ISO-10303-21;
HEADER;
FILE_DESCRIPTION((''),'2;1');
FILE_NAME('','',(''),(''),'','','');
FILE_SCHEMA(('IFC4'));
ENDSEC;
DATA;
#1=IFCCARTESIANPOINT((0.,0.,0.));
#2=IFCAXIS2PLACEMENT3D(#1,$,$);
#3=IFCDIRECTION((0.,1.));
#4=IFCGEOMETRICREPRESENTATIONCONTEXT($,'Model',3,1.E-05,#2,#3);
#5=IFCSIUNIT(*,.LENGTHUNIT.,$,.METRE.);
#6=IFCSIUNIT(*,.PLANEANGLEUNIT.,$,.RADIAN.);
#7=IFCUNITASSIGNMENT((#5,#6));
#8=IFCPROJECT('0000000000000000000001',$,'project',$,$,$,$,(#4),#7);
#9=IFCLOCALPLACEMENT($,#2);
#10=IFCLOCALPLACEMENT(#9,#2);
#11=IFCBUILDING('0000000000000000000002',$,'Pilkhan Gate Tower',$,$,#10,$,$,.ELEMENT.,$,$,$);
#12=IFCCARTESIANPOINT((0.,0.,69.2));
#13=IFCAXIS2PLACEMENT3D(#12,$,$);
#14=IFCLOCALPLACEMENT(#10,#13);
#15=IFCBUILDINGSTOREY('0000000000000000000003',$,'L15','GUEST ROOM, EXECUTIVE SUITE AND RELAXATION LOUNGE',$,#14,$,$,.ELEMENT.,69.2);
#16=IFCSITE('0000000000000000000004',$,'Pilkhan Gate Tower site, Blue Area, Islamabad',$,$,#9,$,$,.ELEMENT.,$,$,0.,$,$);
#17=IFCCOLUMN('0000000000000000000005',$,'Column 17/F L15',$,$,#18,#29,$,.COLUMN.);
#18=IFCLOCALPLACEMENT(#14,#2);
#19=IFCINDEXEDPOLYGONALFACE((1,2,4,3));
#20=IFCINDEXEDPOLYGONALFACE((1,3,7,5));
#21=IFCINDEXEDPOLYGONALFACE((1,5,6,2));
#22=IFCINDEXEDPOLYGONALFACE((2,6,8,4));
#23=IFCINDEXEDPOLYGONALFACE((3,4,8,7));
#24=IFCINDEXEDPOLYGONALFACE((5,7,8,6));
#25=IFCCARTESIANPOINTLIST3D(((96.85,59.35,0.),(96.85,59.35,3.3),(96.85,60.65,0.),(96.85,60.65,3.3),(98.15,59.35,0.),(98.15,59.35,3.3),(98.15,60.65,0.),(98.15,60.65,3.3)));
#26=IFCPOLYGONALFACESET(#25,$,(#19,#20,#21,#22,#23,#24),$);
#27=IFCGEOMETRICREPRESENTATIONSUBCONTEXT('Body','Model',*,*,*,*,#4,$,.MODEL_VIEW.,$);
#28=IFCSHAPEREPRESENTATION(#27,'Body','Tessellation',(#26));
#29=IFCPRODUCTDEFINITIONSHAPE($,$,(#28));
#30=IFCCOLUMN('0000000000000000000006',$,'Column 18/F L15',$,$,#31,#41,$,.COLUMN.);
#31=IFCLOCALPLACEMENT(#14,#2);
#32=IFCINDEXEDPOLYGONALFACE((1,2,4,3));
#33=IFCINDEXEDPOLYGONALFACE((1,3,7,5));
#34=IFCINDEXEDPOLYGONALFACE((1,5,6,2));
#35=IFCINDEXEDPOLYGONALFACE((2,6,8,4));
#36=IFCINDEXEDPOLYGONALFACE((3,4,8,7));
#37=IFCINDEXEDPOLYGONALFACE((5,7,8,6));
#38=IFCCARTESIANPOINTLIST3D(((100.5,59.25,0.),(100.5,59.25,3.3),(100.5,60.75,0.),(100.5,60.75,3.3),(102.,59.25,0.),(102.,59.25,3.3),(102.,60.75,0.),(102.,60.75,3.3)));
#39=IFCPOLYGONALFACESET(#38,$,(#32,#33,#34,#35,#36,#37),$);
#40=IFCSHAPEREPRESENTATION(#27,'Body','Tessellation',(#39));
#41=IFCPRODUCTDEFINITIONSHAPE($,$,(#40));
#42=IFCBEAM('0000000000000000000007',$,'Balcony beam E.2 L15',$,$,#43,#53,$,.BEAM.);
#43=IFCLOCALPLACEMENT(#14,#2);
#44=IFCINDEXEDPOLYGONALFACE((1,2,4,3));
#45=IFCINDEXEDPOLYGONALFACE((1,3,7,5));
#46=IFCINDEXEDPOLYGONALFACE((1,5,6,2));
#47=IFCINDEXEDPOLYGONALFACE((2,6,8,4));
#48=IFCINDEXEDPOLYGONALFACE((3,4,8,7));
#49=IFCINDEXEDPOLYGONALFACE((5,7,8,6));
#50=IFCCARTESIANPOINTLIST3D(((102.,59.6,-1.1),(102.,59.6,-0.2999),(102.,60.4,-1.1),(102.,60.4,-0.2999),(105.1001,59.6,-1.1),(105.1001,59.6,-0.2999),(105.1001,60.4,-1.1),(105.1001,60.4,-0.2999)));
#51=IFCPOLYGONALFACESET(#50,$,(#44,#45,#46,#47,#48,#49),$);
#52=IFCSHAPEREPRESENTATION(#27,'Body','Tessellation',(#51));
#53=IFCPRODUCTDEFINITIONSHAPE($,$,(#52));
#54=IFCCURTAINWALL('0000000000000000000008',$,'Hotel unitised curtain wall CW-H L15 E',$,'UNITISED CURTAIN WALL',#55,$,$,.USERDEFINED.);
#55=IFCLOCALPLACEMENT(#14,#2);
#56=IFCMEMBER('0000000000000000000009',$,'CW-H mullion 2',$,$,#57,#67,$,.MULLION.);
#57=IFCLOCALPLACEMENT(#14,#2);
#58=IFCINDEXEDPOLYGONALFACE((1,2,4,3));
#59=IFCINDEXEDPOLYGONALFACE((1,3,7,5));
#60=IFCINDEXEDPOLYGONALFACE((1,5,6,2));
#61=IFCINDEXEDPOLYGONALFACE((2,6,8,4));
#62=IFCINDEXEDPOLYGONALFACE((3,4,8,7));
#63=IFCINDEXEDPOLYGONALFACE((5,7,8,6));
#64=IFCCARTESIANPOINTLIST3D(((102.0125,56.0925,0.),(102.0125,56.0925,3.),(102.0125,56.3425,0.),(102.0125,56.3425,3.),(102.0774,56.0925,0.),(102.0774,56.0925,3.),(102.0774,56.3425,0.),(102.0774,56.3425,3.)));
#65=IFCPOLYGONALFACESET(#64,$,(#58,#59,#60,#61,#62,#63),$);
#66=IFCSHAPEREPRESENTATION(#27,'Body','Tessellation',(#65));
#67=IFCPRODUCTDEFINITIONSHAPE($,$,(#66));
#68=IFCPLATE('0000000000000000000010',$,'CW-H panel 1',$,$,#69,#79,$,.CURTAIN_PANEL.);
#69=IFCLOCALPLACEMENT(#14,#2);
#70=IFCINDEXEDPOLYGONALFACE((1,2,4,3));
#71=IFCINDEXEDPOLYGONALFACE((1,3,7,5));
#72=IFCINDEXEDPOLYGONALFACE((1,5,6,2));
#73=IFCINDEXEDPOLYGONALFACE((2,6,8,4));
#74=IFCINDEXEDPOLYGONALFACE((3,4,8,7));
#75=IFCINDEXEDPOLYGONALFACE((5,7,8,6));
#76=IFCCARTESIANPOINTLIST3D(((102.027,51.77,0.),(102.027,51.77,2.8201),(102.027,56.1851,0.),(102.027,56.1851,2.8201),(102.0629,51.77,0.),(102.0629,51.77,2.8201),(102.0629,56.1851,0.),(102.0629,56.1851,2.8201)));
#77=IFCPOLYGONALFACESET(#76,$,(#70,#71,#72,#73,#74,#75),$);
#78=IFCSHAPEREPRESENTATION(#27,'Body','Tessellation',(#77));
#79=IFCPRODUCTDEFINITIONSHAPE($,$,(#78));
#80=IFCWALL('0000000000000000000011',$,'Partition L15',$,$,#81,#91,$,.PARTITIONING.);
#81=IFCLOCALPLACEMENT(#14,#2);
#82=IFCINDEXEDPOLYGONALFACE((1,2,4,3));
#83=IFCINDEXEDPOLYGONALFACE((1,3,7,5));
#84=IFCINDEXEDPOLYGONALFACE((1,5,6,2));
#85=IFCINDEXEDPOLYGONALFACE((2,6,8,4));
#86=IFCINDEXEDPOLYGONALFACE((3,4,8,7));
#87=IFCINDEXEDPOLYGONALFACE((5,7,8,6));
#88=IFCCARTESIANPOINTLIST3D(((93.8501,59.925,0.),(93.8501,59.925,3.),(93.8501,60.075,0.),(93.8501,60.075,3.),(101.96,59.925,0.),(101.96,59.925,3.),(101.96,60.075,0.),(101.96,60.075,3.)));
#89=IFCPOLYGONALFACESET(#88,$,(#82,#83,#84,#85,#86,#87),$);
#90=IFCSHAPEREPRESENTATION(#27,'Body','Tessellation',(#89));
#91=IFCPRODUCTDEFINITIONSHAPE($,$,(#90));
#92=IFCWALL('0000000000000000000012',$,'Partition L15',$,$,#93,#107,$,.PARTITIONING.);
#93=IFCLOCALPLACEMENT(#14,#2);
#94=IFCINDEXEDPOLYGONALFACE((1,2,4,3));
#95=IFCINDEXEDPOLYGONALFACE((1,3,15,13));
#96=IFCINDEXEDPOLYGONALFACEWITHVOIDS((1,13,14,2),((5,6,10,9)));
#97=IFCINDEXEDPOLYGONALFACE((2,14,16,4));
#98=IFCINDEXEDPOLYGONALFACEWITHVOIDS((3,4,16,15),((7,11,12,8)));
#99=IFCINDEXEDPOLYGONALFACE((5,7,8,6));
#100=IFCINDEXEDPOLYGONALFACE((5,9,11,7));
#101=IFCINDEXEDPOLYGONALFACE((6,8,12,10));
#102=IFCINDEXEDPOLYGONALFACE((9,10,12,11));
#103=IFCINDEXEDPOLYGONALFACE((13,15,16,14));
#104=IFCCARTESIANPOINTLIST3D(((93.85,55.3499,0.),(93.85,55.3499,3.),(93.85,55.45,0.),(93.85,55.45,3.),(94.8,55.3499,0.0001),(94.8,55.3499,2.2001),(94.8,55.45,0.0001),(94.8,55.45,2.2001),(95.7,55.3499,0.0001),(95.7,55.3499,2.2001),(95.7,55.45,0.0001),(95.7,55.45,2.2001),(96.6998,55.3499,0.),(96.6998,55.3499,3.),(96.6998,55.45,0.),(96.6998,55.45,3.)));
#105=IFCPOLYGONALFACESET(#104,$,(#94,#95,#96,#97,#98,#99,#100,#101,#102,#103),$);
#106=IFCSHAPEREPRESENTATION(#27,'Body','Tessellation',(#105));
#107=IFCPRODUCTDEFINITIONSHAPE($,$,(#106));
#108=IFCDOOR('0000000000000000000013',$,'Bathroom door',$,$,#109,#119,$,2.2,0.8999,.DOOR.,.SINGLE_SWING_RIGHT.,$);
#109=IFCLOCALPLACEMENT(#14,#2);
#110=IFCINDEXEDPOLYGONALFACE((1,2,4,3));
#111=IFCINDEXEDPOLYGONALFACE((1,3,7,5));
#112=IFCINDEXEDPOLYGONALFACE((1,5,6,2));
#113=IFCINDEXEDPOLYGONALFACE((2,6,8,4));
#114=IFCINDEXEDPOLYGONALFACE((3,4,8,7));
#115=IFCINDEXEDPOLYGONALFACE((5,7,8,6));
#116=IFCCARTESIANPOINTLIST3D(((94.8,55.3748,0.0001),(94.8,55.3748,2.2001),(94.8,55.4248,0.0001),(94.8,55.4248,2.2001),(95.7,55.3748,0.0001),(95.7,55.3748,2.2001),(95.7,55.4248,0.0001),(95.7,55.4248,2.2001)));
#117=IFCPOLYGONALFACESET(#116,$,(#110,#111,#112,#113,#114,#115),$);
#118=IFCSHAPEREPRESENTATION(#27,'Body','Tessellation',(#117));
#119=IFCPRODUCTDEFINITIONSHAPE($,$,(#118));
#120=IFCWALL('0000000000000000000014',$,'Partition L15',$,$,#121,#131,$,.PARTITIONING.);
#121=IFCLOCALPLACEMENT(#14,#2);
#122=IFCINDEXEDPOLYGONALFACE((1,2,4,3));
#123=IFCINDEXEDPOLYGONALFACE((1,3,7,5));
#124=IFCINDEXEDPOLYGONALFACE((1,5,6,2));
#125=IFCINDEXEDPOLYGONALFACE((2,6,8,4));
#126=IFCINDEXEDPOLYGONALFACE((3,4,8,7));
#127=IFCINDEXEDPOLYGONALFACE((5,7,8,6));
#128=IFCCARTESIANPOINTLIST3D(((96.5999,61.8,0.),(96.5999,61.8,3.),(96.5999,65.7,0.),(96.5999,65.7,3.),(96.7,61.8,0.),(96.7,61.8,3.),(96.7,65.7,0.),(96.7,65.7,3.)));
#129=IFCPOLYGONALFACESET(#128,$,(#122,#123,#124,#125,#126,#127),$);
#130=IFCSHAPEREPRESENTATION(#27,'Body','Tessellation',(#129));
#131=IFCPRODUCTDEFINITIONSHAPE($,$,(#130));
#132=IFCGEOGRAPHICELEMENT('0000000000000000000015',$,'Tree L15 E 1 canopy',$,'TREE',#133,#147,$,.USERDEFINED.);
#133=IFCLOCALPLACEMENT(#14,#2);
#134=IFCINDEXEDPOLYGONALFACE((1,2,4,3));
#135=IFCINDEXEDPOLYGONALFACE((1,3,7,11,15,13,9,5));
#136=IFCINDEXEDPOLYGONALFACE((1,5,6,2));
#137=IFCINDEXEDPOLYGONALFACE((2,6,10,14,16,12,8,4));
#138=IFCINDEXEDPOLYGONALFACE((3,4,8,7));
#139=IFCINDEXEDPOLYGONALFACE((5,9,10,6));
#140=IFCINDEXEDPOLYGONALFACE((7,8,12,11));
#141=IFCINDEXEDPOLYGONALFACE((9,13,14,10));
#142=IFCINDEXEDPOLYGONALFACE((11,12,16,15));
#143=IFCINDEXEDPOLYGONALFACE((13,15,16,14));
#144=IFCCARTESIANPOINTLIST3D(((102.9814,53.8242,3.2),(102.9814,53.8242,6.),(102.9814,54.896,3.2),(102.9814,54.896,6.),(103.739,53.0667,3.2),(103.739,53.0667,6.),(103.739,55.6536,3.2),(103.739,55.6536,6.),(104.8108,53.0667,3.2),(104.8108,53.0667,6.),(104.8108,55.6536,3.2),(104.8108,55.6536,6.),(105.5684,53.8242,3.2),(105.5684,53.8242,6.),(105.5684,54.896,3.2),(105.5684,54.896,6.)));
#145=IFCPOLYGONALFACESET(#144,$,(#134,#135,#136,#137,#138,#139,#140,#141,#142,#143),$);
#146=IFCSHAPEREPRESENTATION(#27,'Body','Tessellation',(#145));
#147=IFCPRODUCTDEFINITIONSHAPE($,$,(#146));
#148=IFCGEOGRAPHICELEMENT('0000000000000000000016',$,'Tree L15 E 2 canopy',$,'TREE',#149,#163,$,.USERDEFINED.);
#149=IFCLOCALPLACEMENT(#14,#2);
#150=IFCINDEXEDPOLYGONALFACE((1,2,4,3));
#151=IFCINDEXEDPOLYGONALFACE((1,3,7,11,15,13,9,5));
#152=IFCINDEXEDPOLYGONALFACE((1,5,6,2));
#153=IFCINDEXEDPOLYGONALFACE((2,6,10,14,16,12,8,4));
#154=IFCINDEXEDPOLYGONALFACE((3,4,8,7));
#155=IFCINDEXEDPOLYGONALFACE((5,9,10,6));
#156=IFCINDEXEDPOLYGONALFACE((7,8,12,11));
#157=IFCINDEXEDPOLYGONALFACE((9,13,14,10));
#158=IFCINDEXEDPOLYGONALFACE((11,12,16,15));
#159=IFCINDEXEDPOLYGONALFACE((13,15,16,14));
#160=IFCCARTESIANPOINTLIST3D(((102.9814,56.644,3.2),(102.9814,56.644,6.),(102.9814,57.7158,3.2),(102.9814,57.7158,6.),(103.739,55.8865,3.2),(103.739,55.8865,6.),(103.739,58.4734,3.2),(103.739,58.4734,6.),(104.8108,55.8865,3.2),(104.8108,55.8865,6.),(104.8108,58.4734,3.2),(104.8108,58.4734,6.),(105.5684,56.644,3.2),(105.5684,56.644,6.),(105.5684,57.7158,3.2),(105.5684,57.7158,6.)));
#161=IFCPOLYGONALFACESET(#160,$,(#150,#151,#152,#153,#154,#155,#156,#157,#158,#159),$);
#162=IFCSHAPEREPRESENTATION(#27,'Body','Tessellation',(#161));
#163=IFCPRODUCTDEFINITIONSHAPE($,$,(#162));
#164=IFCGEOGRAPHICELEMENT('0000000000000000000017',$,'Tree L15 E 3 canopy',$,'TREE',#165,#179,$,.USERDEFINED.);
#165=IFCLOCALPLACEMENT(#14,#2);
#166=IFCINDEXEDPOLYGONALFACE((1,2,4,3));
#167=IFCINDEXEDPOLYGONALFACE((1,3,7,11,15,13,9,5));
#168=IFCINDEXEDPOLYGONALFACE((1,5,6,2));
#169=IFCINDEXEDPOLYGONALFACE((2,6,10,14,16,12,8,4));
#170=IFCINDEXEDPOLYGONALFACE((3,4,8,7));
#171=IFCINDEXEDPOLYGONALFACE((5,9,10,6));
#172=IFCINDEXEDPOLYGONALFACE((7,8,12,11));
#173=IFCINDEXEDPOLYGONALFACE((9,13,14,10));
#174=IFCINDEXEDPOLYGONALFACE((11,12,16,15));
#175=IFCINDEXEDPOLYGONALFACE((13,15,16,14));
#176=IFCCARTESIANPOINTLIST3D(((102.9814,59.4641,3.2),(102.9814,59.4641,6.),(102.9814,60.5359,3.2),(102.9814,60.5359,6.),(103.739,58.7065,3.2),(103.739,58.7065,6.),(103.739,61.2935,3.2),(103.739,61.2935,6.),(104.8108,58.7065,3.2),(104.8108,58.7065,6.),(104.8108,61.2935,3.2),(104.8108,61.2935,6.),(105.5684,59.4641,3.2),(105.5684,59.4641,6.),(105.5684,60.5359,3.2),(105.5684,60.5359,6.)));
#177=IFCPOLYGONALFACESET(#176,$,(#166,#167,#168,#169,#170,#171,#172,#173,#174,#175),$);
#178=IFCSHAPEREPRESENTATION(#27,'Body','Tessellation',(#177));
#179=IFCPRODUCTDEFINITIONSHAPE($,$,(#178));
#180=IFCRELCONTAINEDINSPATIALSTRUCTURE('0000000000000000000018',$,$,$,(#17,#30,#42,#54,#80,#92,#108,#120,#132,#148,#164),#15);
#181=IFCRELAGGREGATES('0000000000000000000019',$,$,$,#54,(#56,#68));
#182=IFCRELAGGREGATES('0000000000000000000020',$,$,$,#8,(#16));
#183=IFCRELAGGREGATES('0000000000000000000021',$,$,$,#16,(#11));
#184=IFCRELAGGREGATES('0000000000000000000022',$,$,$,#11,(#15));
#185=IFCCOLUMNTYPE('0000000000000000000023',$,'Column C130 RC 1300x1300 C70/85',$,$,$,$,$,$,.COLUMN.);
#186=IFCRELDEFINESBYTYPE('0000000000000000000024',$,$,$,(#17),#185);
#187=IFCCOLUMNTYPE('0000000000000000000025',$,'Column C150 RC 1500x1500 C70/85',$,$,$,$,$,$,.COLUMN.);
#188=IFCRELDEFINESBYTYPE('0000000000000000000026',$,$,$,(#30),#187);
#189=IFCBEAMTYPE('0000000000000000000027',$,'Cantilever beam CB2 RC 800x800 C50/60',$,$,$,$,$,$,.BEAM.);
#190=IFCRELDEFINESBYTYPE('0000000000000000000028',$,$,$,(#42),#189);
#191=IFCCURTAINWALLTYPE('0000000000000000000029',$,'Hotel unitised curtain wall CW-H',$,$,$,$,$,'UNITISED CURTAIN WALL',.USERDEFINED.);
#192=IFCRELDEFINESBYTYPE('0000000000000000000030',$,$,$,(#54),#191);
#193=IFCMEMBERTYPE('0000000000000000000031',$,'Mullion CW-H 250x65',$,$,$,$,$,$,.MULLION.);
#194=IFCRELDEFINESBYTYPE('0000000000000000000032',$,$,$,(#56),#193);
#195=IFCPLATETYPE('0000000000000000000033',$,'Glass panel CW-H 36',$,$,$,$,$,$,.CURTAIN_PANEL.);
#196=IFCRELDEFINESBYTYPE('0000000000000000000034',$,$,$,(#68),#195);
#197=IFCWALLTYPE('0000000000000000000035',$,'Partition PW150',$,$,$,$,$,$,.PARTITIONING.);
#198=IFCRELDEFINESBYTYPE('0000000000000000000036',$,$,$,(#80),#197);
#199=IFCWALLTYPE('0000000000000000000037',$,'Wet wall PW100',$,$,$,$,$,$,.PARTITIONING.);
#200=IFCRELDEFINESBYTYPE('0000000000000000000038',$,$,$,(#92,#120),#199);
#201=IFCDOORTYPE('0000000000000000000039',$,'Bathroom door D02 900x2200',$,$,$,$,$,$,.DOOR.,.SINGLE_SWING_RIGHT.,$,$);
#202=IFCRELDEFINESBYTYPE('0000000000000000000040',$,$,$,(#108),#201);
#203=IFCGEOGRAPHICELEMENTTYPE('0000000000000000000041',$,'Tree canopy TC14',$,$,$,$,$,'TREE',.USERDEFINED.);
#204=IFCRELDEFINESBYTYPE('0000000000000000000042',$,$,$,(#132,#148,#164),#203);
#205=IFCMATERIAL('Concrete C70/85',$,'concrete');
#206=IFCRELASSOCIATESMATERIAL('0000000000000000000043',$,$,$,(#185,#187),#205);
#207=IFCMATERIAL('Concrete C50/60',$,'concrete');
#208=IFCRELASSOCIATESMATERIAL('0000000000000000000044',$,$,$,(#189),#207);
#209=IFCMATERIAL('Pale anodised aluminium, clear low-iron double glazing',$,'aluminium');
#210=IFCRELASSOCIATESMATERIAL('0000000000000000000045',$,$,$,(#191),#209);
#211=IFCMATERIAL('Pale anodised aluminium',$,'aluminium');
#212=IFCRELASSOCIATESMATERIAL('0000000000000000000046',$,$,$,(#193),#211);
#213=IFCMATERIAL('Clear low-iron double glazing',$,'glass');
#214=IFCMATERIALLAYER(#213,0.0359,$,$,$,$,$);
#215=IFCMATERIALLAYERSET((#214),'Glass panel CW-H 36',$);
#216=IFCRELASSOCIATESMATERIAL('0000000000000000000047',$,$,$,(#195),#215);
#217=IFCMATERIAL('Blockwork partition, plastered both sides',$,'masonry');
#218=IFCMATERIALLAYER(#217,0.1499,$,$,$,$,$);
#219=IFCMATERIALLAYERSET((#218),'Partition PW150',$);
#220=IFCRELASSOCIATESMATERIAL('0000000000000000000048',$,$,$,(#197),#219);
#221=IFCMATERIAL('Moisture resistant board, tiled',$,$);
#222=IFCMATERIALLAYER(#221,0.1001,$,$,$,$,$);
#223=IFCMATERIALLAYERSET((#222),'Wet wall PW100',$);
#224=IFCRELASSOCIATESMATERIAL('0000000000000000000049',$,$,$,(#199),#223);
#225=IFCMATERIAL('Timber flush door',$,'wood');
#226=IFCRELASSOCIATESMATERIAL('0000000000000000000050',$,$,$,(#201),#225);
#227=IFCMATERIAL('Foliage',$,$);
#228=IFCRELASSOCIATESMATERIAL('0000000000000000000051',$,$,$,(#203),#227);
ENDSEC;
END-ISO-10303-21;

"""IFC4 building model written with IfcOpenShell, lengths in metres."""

from ifc_helpers import new_model, si_unit, direction, frame, frame_2d, origin, origin_2d, place, context, subcontext, project, spatial, polyline, rectangle, outline, extrude, material, layer, layer_set, material_profile, profile_set, type_object, element, fill, aggregate, save


model = new_model("IFC4")

# Units and contexts
model_context = context("Model", 3, precision=1e-05, world=origin(), true_north=direction((0.0, 1.0)))
body_context = subcontext(model_context, "Body", "Model", "MODEL_VIEW")
ifc_project = project(units=[si_unit("LENGTHUNIT", "METRE"), si_unit("PLANEANGLEUNIT", "RADIAN")], contexts=[model_context])

# Site, building, storey
site_placement = place(None, origin())
site = spatial("IfcSite", under=ifc_project, at=site_placement, Name="Pilkhan Gate Tower site, Blue Area, Islamabad", CompositionType="ELEMENT", RefElevation=0.0)
building_placement = place(site_placement, origin())
building = spatial("IfcBuilding", under=site, at=building_placement, Name="Pilkhan Gate Tower", CompositionType="ELEMENT")
storey_placement = place(building_placement, frame((0.0, 0.0, 69.2)))
storey = spatial("IfcBuildingStorey", under=building, at=storey_placement, Name="L15", Description="GUEST ROOM, EXECUTIVE SUITE AND RELAXATION LOUNGE", CompositionType="ELEMENT", Elevation=69.2)

# Columns
ifc_material_1 = material(Name="Concrete C70/85", Category="concrete")
ifc_material_profile_1 = material_profile(ifc_material_1, rectangle(XDim=1.3, YDim=1.3, at=origin_2d()), Name="RC 1300x1300")
ifc_profile_set_1 = profile_set([ifc_material_profile_1], Name="Concrete C70/85")
column_type_1 = type_object("IfcColumnType", Name="Column C130 RC 1300x1300 C70/85", PredefinedType="COLUMN", material=ifc_profile_set_1)
column_1_placement = place(storey_placement, frame((97.5, 60.0, 0.0), z_axis=(0.0, 0.0, 1.0), x_axis=(1.0, 0.0, 0.0)))
element("IfcColumn", 1, at=column_1_placement, inside=storey, type_object=column_type_1, Name="Column 17/F L15", PredefinedType="COLUMN", context=body_context, shape_type="SweptSolid", body=[
    extrude(rectangle(XDim=1.3, YDim=1.3, at=origin_2d()), origin(), (0.0, 0.0, 1.0), 3.3),
])
ifc_material_profile_2 = material_profile(ifc_material_1, rectangle(XDim=1.5, YDim=1.5, at=origin_2d()), Name="RC 1500x1500")
ifc_profile_set_2 = profile_set([ifc_material_profile_2], Name="Concrete C70/85")
column_type_2 = type_object("IfcColumnType", Name="Column C150 RC 1500x1500 C70/85", PredefinedType="COLUMN", material=ifc_profile_set_2)
column_2_placement = place(storey_placement, frame((101.25, 60.0, 0.0), z_axis=(0.0, 0.0, 1.0), x_axis=(1.0, 0.0, 0.0)))
element("IfcColumn", 2, at=column_2_placement, inside=storey, type_object=column_type_2, Name="Column 18/F L15", PredefinedType="COLUMN", context=body_context, shape_type="SweptSolid", body=[
    extrude(rectangle(XDim=1.5, YDim=1.5, at=origin_2d()), origin(), (0.0, 0.0, 1.0), 3.3),
])

# Beam
ifc_material_2 = material(Name="Concrete C50/60", Category="concrete")
ifc_material_profile_3 = material_profile(ifc_material_2, rectangle(XDim=0.8, YDim=0.8, at=origin_2d()), Name="RC 800x800")
ifc_profile_set_3 = profile_set([ifc_material_profile_3], Name="Concrete C50/60")
beam_type = type_object("IfcBeamType", Name="Cantilever beam CB2 RC 800x800 C50/60", PredefinedType="BEAM", material=ifc_profile_set_3)
beam_placement = place(storey_placement, frame((102.0, 60.0, -0.7), z_axis=(1.0, 0.0, 0.0), x_axis=(0.0, 1.0, 0.0)))
element("IfcBeam", 3, at=beam_placement, inside=storey, type_object=beam_type, Name="Balcony beam E.2 L15", PredefinedType="BEAM", context=body_context, shape_type="SweptSolid", body=[
    extrude(rectangle(XDim=0.8, YDim=0.8, at=origin_2d()), origin(), (0.0, 0.0, 1.0), 3.1001),
])

# Curtain wall, member, plate
ifc_material_3 = material(Name="Pale anodised aluminium, clear low-iron double glazing", Category="aluminium")
curtain_wall_type = type_object("IfcCurtainWallType", Name="Hotel unitised curtain wall CW-H", ElementType="UNITISED CURTAIN WALL", PredefinedType="USERDEFINED", material=ifc_material_3)
curtain_wall_placement = place(storey_placement, origin())
curtain_wall = element("IfcCurtainWall", 4, at=curtain_wall_placement, inside=storey, type_object=curtain_wall_type, Name="Hotel unitised curtain wall CW-H L15 E", ObjectType="UNITISED CURTAIN WALL", PredefinedType="USERDEFINED")
ifc_material_4 = material(Name="Pale anodised aluminium", Category="aluminium")
ifc_material_profile_4 = material_profile(ifc_material_4, rectangle(XDim=0.0649, YDim=0.25, at=origin_2d()), Name="Mullion 250x65")
ifc_profile_set_4 = profile_set([ifc_material_profile_4], Name="Pale anodised aluminium")
member_type = type_object("IfcMemberType", Name="Mullion CW-H 250x65", PredefinedType="MULLION", material=ifc_profile_set_4)
member_placement = place(storey_placement, frame((102.0449, 56.2175, 0.0), z_axis=(0.0, 0.0, 1.0), x_axis=(-1.0, 0.0, 0.0)))
member = element("IfcMember", 5, at=member_placement, type_object=member_type, Name="CW-H mullion 2", PredefinedType="MULLION", context=body_context, shape_type="SweptSolid", body=[
    extrude(rectangle(XDim=0.0649, YDim=0.25, at=origin_2d()), origin(), (0.0, 0.0, 1.0), 3.0),
])
ifc_material_5 = material(Name="Clear low-iron double glazing", Category="glass")
ifc_layer_1 = layer(ifc_material_5, 0.0359)
ifc_layer_set_1 = layer_set([ifc_layer_1], Name="Glass panel CW-H 36")
plate_type = type_object("IfcPlateType", Name="Glass panel CW-H 36", PredefinedType="CURTAIN_PANEL", material=ifc_layer_set_1)
plate_placement = place(storey_placement, frame((102.0449, 53.9775, 0.0), z_axis=(0.0, 0.0, 1.0), x_axis=(0.0, 1.0, 0.0)))
plate = element("IfcPlate", 6, at=plate_placement, type_object=plate_type, Name="CW-H panel 1", PredefinedType="CURTAIN_PANEL", context=body_context, shape_type="SweptSolid", body=[
    extrude(rectangle(XDim=4.415, YDim=0.0359, at=origin_2d()), origin(), (0.0, 0.0, 1.0), 2.8201),
])
aggregate(curtain_wall, [member, plate])

# Wall
ifc_material_6 = material(Name="Blockwork partition, plastered both sides", Category="masonry")
ifc_layer_2 = layer(ifc_material_6, 0.1499)
ifc_layer_set_2 = layer_set([ifc_layer_2], Name="Partition PW150")
wall_type_1 = type_object("IfcWallType", Name="Partition PW150", PredefinedType="PARTITIONING", material=ifc_layer_set_2)
wall_1_placement = place(storey_placement, frame((93.8501, 60.0, 0.0), z_axis=(0.0, 0.0, 1.0), x_axis=(1.0, 0.0, 0.0)))
element("IfcWall", 7, at=wall_1_placement, inside=storey, type_object=wall_type_1, Name="Partition L15", PredefinedType="PARTITIONING", context=body_context, shape_type="SweptSolid", body=[
    extrude(rectangle(XDim=8.1099, YDim=0.1499, at=frame_2d((4.0549, 0.0))), origin(), (0.0, 0.0, 1.0), 3.0),
])

# Wall, opening, door
ifc_material_7 = material(Name="Moisture resistant board, tiled")
ifc_layer_3 = layer(ifc_material_7, 0.1001)
ifc_layer_set_3 = layer_set([ifc_layer_3], Name="Wet wall PW100")
wall_type_2 = type_object("IfcWallType", Name="Wet wall PW100", PredefinedType="PARTITIONING", material=ifc_layer_set_3)
wall_2_placement = place(storey_placement, frame((93.8501, 55.3999, 0.0), z_axis=(0.0, 0.0, 1.0), x_axis=(1.0, 0.0, 0.0)))
wall_2 = element("IfcWall", 8, at=wall_2_placement, inside=storey, type_object=wall_type_2, Name="Partition L15", PredefinedType="PARTITIONING", context=body_context, shape_type="SweptSolid", body=[
    extrude(rectangle(XDim=2.8499, YDim=0.1001, at=frame_2d((1.4248, 0.0))), origin(), (0.0, 0.0, 1.0), 3.0),
])
opening_1_placement = place(wall_2_placement, frame((0.95, 0.0, 0.0)))
opening_1 = element("IfcOpeningElement", 9, at=opening_1_placement, cuts=wall_2, PredefinedType="OPENING", context=body_context, shape_type="SweptSolid", body=[
    extrude(rectangle(XDim=0.8999, YDim=2.2, at=frame_2d((0.45, 1.1001))), frame((0.0, 0.0601, 0.0), z_axis=(0.0, -1.0, 0.0), x_axis=(1.0, 0.0, 0.0)), (0.0, 0.0, 1.0), 0.1201),
])
ifc_material_8 = material(Name="Timber flush door", Category="wood")
door_type_1 = type_object("IfcDoorType", Name="Bathroom door D02 900x2200", OperationType="SINGLE_SWING_RIGHT", PredefinedType="DOOR", material=ifc_material_8)
door_1_placement = place(opening_1_placement, origin())
door_1 = element("IfcDoor", 10, at=door_1_placement, inside=storey, type_object=door_type_1, Name="Bathroom door", OperationType="SINGLE_SWING_RIGHT", OverallHeight=2.2, OverallWidth=0.8999, PredefinedType="DOOR", context=body_context, shape_type="SweptSolid", body=[
    extrude(rectangle(XDim=0.8999, YDim=2.2, at=frame_2d((0.45, 1.1001))), frame((0.0, 0.0249, 0.0), z_axis=(0.0, -1.0, 0.0), x_axis=(1.0, 0.0, 0.0)), (0.0, 0.0, 1.0), 0.05),
])
fill(opening_1, door_1)

# Wall
wall_3_placement = place(storey_placement, frame((96.6499, 61.8, 0.0), z_axis=(0.0, 0.0, 1.0), x_axis=(0.0, 1.0, 0.0)))
element("IfcWall", 11, at=wall_3_placement, inside=storey, type_object=wall_type_2, Name="Partition L15", PredefinedType="PARTITIONING", context=body_context, shape_type="SweptSolid", body=[
    extrude(rectangle(XDim=3.8999, YDim=0.1001, at=frame_2d((1.95, 0.0))), origin(), (0.0, 0.0, 1.0), 3.0),
])

# Geographic elements
ifc_material_9 = material(Name="Foliage")
ifc_material_profile_5 = material_profile(ifc_material_9, outline(polyline([(1.2935, 0.5359), (0.5359, 1.2935), (-0.5359, 1.2935), (-1.2935, 0.5359), (-1.2935, -0.5359), (-0.5359, -1.2935), (0.5359, -1.2935), (1.2935, -0.5359), (1.2935, 0.5359)])), Name="Canopy D2.8")
ifc_profile_set_5 = profile_set([ifc_material_profile_5], Name="Foliage")
geographic_element_type_1 = type_object("IfcGeographicElementType", Name="Tree canopy TC14", ElementType="TREE", PredefinedType="USERDEFINED", material=ifc_profile_set_5)
for number, where, z_axis, x_axis, name in (
    (12, (104.2749, 54.3601, 3.2), (0.0, 0.0, 1.0), (1.0, 0.0, 0.0), "Tree L15 E 1 canopy"),
    (13, (104.2749, 57.1799, 3.2), (0.0, 0.0, 1.0), (1.0, 0.0, 0.0), "Tree L15 E 2 canopy"),
    (14, (104.2749, 60.0, 3.2), (0.0, 0.0, 1.0), (1.0, 0.0, 0.0), "Tree L15 E 3 canopy"),
):
    element("IfcGeographicElement", number, at=place(storey_placement, frame(where, z_axis=z_axis, x_axis=x_axis)), inside=storey, type_object=geographic_element_type_1, Name=name, ObjectType="TREE", PredefinedType="USERDEFINED", context=body_context, shape_type="SweptSolid", body=[
        extrude(outline(polyline([(1.2935, 0.5359), (0.5359, 1.2935), (-0.5359, 1.2935), (-1.2935, 0.5359), (-1.2935, -0.5359), (-0.5359, -1.2935), (0.5359, -1.2935), (1.2935, -0.5359), (1.2935, 0.5359)])), origin(), (0.0, 0.0, 1.0), 2.8),
    ])

save(model, "model.ifc")
